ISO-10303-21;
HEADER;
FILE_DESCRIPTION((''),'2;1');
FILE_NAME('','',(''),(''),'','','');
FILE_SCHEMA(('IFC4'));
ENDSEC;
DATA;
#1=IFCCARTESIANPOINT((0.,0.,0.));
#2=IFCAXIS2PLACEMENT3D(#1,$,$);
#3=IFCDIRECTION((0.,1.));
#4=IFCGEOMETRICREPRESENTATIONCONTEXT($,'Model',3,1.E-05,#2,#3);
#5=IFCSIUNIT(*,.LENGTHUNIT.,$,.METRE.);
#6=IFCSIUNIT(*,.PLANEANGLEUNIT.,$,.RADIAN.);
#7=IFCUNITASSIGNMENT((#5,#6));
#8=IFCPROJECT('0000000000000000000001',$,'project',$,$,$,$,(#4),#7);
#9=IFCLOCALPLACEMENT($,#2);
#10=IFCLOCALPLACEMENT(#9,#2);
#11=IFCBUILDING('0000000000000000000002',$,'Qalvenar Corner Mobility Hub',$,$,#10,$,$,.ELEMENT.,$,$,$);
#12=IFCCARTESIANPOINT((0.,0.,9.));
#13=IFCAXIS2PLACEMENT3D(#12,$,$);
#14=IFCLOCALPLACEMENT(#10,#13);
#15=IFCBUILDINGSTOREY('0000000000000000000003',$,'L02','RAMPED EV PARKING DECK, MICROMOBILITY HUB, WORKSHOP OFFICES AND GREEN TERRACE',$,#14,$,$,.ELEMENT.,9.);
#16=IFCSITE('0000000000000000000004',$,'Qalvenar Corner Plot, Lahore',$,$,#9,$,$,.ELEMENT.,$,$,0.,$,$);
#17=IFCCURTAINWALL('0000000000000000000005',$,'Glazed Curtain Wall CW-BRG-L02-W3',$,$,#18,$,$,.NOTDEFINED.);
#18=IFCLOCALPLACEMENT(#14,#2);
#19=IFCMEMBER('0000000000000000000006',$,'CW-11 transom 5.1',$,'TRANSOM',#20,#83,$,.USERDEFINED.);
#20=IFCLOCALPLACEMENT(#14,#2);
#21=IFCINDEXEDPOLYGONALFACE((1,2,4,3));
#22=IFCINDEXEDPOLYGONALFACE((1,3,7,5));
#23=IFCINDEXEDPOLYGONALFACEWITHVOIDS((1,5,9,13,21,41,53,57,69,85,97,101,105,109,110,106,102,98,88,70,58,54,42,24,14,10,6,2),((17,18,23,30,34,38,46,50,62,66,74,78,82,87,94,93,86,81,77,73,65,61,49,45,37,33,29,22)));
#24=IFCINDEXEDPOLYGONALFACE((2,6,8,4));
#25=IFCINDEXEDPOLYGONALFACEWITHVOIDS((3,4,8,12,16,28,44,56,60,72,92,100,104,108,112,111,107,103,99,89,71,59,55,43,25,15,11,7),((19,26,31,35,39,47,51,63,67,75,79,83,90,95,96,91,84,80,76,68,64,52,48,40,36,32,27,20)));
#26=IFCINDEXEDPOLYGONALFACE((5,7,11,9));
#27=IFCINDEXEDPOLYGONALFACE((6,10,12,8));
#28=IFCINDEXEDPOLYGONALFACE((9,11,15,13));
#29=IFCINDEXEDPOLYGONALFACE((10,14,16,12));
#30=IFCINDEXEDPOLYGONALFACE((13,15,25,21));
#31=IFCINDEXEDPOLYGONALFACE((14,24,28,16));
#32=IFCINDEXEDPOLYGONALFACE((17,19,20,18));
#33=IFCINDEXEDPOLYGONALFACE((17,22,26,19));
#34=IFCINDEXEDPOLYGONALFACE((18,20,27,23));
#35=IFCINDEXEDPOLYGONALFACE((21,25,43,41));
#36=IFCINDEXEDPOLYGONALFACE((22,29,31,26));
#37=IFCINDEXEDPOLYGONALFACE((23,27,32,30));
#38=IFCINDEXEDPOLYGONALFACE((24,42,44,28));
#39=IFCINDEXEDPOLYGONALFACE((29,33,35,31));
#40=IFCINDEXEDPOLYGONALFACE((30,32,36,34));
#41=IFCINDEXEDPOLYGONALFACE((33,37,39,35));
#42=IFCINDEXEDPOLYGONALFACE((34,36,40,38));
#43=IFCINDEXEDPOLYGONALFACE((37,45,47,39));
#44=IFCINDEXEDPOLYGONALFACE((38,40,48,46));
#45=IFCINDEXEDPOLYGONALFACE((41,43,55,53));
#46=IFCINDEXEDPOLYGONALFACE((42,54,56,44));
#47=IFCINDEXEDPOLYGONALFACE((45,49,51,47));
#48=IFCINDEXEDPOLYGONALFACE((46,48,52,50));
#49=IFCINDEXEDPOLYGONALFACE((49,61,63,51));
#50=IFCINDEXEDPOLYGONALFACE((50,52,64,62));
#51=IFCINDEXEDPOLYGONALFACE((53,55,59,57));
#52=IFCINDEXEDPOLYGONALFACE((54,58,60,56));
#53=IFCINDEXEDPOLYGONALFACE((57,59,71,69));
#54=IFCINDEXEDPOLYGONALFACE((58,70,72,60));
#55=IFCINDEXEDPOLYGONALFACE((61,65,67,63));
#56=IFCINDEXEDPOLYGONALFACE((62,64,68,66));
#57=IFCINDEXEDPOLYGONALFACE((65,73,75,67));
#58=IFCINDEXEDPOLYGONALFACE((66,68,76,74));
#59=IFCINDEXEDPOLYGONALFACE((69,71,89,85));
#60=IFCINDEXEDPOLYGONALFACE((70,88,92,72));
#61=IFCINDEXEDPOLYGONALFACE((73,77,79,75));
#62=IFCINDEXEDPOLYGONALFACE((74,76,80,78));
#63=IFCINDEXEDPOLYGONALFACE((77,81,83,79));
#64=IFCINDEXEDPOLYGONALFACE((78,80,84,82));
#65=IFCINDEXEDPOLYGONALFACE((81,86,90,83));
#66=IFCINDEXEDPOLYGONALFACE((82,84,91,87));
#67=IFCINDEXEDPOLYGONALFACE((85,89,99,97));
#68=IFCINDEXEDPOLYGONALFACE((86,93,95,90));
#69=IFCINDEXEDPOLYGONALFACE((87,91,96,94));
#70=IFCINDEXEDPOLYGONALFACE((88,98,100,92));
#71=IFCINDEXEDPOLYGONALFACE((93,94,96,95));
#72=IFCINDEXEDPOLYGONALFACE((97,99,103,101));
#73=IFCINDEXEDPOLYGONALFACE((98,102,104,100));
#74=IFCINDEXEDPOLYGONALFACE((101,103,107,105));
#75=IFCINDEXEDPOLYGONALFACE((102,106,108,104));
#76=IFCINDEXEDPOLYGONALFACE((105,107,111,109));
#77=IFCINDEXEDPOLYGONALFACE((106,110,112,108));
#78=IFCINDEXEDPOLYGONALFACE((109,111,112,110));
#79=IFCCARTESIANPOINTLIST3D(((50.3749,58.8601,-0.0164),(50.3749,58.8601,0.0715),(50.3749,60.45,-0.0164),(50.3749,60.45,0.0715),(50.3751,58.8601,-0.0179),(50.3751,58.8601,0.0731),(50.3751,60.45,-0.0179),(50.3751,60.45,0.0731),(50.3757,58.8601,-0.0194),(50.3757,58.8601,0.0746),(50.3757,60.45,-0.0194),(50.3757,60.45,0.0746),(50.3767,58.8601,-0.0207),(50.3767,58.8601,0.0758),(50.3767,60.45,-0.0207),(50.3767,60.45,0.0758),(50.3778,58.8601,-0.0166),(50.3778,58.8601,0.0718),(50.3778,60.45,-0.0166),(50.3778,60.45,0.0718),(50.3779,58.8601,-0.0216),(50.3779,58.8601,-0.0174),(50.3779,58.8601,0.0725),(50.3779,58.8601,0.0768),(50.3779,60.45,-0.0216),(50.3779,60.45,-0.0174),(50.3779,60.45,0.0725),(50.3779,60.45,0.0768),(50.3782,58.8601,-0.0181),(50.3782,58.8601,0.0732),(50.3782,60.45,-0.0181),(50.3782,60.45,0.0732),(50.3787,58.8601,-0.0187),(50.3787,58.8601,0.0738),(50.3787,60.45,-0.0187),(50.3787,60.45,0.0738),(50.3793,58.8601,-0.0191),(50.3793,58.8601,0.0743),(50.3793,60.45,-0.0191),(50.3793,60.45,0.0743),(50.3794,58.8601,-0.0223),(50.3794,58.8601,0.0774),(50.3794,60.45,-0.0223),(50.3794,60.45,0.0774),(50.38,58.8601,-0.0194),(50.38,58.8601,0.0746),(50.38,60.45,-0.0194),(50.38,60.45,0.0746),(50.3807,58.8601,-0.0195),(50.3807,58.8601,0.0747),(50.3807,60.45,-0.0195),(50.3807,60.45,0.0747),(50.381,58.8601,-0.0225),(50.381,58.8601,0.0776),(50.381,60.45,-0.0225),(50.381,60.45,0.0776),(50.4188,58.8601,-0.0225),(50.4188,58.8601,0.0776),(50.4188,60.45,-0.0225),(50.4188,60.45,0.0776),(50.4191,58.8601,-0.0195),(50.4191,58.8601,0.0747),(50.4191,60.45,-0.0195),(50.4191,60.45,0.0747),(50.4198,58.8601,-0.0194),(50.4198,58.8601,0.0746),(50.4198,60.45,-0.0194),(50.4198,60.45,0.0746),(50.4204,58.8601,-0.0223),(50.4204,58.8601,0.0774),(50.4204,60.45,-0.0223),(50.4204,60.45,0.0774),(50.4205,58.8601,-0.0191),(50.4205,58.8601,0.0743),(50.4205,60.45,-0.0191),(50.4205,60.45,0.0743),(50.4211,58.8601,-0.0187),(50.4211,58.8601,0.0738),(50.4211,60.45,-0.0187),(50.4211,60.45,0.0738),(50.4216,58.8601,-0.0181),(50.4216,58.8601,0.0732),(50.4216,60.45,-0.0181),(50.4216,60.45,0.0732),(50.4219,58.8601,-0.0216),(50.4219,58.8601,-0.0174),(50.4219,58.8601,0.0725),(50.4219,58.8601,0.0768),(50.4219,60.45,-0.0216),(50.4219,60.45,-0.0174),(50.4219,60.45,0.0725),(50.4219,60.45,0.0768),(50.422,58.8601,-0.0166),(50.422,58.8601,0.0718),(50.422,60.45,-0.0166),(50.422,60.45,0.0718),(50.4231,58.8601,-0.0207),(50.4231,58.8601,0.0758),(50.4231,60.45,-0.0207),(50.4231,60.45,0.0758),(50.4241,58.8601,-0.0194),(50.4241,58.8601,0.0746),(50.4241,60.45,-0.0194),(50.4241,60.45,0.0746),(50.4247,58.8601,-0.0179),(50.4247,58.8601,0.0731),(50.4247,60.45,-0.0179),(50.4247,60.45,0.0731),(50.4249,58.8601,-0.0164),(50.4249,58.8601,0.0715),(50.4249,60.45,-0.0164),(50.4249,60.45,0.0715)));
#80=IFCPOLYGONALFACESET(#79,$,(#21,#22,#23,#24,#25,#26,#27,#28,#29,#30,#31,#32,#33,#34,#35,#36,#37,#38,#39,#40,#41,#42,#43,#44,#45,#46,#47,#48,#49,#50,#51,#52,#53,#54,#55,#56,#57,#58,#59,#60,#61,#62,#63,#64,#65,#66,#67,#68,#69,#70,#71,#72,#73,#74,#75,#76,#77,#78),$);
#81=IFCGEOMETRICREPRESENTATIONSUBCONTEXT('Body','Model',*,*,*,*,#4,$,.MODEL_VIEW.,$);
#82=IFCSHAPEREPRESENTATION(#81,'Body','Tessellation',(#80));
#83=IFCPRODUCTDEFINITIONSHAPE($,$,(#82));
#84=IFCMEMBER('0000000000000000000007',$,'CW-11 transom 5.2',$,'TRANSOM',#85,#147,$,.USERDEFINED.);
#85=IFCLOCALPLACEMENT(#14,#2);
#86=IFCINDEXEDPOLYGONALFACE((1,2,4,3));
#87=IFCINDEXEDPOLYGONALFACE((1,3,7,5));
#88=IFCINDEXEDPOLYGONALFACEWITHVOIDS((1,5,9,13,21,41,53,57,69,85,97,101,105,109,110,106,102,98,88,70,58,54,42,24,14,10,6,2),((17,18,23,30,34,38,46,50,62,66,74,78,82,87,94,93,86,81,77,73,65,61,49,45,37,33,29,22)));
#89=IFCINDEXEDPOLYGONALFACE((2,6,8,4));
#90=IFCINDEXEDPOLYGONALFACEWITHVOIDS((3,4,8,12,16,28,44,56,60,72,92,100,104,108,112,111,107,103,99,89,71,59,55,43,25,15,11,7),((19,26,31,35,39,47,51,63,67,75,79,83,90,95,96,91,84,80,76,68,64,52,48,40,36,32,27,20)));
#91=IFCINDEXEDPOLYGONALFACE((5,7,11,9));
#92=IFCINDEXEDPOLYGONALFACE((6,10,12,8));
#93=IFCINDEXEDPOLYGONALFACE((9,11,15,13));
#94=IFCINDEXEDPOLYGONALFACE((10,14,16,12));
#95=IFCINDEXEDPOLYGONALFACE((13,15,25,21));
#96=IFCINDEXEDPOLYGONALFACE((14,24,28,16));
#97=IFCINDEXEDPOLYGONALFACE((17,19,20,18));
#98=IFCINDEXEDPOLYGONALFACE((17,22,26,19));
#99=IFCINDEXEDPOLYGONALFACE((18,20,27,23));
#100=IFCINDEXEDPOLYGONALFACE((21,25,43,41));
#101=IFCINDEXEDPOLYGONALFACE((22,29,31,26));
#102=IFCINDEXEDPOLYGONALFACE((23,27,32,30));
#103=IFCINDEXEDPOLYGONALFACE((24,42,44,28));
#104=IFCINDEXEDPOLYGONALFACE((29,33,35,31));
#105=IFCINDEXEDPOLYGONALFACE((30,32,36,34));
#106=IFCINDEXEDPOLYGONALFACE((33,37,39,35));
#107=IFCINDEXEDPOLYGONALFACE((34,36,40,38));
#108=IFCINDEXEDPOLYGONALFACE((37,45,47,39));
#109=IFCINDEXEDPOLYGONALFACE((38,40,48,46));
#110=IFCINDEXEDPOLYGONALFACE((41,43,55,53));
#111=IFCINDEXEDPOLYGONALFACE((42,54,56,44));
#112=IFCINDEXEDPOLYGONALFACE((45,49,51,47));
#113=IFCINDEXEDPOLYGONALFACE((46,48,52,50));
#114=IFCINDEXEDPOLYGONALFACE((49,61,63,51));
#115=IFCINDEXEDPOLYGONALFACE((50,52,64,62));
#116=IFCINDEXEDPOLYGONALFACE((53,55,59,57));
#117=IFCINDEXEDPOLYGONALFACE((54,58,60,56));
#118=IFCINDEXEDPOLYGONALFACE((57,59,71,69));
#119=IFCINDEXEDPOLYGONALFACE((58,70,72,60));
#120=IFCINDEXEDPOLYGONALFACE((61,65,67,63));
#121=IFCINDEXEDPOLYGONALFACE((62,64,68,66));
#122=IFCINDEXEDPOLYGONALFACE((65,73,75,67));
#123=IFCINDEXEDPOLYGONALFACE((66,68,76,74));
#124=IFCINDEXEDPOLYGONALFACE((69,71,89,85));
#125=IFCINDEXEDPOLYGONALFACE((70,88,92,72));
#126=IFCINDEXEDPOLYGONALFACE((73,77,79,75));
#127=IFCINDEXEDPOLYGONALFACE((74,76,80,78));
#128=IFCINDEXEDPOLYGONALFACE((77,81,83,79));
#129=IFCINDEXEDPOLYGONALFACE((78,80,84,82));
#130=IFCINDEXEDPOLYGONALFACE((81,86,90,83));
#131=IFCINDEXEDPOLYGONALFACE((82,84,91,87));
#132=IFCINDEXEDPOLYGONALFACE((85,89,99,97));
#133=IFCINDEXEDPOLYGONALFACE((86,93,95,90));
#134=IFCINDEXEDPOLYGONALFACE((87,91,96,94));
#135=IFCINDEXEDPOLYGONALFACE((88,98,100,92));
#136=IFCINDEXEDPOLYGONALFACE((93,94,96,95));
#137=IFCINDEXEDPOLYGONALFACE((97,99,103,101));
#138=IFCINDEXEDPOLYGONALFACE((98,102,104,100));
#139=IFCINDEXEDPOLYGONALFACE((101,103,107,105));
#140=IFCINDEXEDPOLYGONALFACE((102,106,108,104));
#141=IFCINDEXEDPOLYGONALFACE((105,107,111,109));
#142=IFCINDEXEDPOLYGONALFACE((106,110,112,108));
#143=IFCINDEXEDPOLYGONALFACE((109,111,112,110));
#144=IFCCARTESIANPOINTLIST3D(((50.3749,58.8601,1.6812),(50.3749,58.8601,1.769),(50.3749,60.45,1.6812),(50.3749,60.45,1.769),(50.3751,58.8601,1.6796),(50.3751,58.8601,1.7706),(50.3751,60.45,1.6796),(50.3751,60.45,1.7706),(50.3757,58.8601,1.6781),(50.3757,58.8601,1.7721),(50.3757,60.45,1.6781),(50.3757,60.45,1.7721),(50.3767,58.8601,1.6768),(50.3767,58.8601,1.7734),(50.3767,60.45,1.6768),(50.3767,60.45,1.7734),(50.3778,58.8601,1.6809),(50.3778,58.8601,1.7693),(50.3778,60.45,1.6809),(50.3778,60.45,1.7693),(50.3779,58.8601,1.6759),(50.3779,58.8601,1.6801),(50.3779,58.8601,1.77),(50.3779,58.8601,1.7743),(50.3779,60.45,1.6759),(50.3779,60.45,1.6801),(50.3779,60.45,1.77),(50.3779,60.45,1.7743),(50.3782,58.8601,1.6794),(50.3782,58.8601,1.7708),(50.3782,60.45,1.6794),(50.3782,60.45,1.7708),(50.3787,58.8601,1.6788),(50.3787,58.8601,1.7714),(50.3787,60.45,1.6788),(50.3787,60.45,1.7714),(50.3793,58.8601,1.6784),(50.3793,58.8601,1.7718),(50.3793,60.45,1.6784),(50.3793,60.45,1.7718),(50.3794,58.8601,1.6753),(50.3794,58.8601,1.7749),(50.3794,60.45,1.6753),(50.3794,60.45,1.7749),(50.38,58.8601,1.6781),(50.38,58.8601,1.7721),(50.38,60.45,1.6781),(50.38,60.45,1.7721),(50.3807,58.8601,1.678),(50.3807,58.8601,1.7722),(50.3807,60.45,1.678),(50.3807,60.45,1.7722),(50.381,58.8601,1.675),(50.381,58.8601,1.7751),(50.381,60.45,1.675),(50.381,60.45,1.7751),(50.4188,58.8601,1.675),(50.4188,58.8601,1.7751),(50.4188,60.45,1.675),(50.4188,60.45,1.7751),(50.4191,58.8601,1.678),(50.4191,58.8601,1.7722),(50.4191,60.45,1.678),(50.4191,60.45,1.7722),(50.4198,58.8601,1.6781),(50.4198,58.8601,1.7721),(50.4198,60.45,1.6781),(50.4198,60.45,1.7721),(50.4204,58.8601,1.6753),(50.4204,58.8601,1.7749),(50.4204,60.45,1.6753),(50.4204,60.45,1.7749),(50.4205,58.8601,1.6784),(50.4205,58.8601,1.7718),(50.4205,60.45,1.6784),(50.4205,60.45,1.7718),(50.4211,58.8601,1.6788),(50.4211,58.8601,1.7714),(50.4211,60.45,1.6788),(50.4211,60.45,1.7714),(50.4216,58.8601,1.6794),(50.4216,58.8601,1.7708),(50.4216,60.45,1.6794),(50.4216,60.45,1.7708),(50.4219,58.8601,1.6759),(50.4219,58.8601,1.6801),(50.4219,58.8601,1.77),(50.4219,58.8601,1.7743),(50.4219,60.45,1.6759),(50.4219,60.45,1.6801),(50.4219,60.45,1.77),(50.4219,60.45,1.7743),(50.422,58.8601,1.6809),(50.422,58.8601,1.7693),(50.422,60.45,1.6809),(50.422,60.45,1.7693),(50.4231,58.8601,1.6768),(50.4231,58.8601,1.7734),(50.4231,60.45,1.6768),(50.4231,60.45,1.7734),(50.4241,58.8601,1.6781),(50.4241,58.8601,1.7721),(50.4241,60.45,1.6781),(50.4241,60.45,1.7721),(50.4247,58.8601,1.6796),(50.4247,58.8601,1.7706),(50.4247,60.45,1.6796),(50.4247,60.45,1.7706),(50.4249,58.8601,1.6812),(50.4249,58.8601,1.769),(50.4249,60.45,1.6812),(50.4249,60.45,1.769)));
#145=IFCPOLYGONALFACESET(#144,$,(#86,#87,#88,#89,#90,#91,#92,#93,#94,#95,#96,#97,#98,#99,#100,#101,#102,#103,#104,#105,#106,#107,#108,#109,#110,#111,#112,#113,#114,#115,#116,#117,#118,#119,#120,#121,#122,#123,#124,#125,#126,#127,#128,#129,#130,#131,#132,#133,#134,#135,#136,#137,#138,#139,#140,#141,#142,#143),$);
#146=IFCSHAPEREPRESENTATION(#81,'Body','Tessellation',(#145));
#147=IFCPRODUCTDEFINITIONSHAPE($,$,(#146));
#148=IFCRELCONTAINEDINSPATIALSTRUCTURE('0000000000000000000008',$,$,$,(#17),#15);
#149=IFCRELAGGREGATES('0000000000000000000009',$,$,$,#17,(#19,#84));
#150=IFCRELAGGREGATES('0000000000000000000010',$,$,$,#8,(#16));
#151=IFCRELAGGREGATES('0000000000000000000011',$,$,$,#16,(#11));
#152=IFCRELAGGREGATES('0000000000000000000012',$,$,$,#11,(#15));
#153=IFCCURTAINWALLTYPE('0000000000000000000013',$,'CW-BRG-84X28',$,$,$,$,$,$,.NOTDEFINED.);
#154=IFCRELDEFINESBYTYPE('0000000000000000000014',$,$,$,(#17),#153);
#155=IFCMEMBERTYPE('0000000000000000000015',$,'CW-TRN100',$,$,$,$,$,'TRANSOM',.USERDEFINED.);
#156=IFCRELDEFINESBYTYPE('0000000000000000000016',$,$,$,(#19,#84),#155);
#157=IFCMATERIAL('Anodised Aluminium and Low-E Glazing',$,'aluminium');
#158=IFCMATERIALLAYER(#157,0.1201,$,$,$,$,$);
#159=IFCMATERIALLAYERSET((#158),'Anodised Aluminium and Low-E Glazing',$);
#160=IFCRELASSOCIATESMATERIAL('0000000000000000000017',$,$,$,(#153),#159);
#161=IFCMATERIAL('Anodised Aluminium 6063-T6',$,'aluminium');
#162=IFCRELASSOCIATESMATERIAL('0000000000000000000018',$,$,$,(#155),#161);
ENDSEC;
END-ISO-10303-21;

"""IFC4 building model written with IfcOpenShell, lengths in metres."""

from ifc_helpers import new_model, si_unit, direction, frame, origin, origin_2d, place, context, subcontext, project, spatial, hollow_rectangle, extrude, material, layer, layer_set, material_profile, profile_set, type_object, element, aggregate, save


model = new_model("IFC4")

# Units and contexts
model_context = context("Model", 3, precision=1e-05, world=origin(), true_north=direction((0.0, 1.0)))
body_context = subcontext(model_context, "Body", "Model", "MODEL_VIEW")
ifc_project = project(units=[si_unit("LENGTHUNIT", "METRE"), si_unit("PLANEANGLEUNIT", "RADIAN")], contexts=[model_context])

# Site, building, storey
site_placement = place(None, origin())
site = spatial("IfcSite", under=ifc_project, at=site_placement, Name="Qalvenar Corner Plot, Lahore", CompositionType="ELEMENT", RefElevation=0.0)
building_placement = place(site_placement, origin())
building = spatial("IfcBuilding", under=site, at=building_placement, Name="Qalvenar Corner Mobility Hub", CompositionType="ELEMENT")
storey_placement = place(building_placement, frame((0.0, 0.0, 9.0)))
storey = spatial("IfcBuildingStorey", under=building, at=storey_placement, Name="L02", Description="RAMPED EV PARKING DECK, MICROMOBILITY HUB, WORKSHOP OFFICES AND GREEN TERRACE", CompositionType="ELEMENT", Elevation=9.0)

# Curtain wall, members
ifc_material_1 = material(Name="Anodised Aluminium and Low-E Glazing", Category="aluminium")
ifc_layer_1 = layer(ifc_material_1, 0.1201)
ifc_layer_set_1 = layer_set([ifc_layer_1], Name="Anodised Aluminium and Low-E Glazing")
curtain_wall_type = type_object("IfcCurtainWallType", Name="CW-BRG-84X28", PredefinedType="NOTDEFINED", material=ifc_layer_set_1)
curtain_wall_placement = place(storey_placement, origin())
curtain_wall = element("IfcCurtainWall", 1, at=curtain_wall_placement, inside=storey, type_object=curtain_wall_type, Name="Glazed Curtain Wall CW-BRG-L02-W3", PredefinedType="NOTDEFINED")
ifc_material_2 = material(Name="Anodised Aluminium 6063-T6", Category="aluminium")
ifc_material_profile_1 = material_profile(ifc_material_2, hollow_rectangle(XDim=0.05, YDim=0.1001, WallThickness=0.0029, InnerFilletRadius=0.0029, OuterFilletRadius=0.0061, at=origin_2d()), Name="RHS100x50x3")
ifc_profile_set_1 = profile_set([ifc_material_profile_1], Name="Anodised Aluminium 6063-T6")
member_type_1 = type_object("IfcMemberType", Name="CW-TRN100", ElementType="TRANSOM", PredefinedType="USERDEFINED", material=ifc_profile_set_1)
member_1_placement = place(storey_placement, frame((50.3999, 60.45, 0.0276), z_axis=(0.0, -1.0, 0.0), x_axis=(1.0, 0.0, 0.0)))
member_1 = element("IfcMember", 2, at=member_1_placement, type_object=member_type_1, Name="CW-11 transom 5.1", ObjectType="TRANSOM", PredefinedType="USERDEFINED", context=body_context, shape_type="SweptSolid", body=[
    extrude(hollow_rectangle(XDim=0.05, YDim=0.1001, WallThickness=0.0029, InnerFilletRadius=0.0029, OuterFilletRadius=0.0061, at=origin_2d()), origin(), (0.0, 0.0, 1.0), 1.5898),
])
member_2_placement = place(storey_placement, frame((50.3999, 60.45, 1.7251), z_axis=(0.0, -1.0, 0.0), x_axis=(1.0, 0.0, 0.0)))
member_2 = element("IfcMember", 3, at=member_2_placement, type_object=member_type_1, Name="CW-11 transom 5.2", ObjectType="TRANSOM", PredefinedType="USERDEFINED", context=body_context, shape_type="SweptSolid", body=[
    extrude(hollow_rectangle(XDim=0.05, YDim=0.1001, WallThickness=0.0029, InnerFilletRadius=0.0029, OuterFilletRadius=0.0061, at=origin_2d()), origin(), (0.0, 0.0, 1.0), 1.5898),
])
aggregate(curtain_wall, [member_1, member_2])

save(model, "model.ifc")
